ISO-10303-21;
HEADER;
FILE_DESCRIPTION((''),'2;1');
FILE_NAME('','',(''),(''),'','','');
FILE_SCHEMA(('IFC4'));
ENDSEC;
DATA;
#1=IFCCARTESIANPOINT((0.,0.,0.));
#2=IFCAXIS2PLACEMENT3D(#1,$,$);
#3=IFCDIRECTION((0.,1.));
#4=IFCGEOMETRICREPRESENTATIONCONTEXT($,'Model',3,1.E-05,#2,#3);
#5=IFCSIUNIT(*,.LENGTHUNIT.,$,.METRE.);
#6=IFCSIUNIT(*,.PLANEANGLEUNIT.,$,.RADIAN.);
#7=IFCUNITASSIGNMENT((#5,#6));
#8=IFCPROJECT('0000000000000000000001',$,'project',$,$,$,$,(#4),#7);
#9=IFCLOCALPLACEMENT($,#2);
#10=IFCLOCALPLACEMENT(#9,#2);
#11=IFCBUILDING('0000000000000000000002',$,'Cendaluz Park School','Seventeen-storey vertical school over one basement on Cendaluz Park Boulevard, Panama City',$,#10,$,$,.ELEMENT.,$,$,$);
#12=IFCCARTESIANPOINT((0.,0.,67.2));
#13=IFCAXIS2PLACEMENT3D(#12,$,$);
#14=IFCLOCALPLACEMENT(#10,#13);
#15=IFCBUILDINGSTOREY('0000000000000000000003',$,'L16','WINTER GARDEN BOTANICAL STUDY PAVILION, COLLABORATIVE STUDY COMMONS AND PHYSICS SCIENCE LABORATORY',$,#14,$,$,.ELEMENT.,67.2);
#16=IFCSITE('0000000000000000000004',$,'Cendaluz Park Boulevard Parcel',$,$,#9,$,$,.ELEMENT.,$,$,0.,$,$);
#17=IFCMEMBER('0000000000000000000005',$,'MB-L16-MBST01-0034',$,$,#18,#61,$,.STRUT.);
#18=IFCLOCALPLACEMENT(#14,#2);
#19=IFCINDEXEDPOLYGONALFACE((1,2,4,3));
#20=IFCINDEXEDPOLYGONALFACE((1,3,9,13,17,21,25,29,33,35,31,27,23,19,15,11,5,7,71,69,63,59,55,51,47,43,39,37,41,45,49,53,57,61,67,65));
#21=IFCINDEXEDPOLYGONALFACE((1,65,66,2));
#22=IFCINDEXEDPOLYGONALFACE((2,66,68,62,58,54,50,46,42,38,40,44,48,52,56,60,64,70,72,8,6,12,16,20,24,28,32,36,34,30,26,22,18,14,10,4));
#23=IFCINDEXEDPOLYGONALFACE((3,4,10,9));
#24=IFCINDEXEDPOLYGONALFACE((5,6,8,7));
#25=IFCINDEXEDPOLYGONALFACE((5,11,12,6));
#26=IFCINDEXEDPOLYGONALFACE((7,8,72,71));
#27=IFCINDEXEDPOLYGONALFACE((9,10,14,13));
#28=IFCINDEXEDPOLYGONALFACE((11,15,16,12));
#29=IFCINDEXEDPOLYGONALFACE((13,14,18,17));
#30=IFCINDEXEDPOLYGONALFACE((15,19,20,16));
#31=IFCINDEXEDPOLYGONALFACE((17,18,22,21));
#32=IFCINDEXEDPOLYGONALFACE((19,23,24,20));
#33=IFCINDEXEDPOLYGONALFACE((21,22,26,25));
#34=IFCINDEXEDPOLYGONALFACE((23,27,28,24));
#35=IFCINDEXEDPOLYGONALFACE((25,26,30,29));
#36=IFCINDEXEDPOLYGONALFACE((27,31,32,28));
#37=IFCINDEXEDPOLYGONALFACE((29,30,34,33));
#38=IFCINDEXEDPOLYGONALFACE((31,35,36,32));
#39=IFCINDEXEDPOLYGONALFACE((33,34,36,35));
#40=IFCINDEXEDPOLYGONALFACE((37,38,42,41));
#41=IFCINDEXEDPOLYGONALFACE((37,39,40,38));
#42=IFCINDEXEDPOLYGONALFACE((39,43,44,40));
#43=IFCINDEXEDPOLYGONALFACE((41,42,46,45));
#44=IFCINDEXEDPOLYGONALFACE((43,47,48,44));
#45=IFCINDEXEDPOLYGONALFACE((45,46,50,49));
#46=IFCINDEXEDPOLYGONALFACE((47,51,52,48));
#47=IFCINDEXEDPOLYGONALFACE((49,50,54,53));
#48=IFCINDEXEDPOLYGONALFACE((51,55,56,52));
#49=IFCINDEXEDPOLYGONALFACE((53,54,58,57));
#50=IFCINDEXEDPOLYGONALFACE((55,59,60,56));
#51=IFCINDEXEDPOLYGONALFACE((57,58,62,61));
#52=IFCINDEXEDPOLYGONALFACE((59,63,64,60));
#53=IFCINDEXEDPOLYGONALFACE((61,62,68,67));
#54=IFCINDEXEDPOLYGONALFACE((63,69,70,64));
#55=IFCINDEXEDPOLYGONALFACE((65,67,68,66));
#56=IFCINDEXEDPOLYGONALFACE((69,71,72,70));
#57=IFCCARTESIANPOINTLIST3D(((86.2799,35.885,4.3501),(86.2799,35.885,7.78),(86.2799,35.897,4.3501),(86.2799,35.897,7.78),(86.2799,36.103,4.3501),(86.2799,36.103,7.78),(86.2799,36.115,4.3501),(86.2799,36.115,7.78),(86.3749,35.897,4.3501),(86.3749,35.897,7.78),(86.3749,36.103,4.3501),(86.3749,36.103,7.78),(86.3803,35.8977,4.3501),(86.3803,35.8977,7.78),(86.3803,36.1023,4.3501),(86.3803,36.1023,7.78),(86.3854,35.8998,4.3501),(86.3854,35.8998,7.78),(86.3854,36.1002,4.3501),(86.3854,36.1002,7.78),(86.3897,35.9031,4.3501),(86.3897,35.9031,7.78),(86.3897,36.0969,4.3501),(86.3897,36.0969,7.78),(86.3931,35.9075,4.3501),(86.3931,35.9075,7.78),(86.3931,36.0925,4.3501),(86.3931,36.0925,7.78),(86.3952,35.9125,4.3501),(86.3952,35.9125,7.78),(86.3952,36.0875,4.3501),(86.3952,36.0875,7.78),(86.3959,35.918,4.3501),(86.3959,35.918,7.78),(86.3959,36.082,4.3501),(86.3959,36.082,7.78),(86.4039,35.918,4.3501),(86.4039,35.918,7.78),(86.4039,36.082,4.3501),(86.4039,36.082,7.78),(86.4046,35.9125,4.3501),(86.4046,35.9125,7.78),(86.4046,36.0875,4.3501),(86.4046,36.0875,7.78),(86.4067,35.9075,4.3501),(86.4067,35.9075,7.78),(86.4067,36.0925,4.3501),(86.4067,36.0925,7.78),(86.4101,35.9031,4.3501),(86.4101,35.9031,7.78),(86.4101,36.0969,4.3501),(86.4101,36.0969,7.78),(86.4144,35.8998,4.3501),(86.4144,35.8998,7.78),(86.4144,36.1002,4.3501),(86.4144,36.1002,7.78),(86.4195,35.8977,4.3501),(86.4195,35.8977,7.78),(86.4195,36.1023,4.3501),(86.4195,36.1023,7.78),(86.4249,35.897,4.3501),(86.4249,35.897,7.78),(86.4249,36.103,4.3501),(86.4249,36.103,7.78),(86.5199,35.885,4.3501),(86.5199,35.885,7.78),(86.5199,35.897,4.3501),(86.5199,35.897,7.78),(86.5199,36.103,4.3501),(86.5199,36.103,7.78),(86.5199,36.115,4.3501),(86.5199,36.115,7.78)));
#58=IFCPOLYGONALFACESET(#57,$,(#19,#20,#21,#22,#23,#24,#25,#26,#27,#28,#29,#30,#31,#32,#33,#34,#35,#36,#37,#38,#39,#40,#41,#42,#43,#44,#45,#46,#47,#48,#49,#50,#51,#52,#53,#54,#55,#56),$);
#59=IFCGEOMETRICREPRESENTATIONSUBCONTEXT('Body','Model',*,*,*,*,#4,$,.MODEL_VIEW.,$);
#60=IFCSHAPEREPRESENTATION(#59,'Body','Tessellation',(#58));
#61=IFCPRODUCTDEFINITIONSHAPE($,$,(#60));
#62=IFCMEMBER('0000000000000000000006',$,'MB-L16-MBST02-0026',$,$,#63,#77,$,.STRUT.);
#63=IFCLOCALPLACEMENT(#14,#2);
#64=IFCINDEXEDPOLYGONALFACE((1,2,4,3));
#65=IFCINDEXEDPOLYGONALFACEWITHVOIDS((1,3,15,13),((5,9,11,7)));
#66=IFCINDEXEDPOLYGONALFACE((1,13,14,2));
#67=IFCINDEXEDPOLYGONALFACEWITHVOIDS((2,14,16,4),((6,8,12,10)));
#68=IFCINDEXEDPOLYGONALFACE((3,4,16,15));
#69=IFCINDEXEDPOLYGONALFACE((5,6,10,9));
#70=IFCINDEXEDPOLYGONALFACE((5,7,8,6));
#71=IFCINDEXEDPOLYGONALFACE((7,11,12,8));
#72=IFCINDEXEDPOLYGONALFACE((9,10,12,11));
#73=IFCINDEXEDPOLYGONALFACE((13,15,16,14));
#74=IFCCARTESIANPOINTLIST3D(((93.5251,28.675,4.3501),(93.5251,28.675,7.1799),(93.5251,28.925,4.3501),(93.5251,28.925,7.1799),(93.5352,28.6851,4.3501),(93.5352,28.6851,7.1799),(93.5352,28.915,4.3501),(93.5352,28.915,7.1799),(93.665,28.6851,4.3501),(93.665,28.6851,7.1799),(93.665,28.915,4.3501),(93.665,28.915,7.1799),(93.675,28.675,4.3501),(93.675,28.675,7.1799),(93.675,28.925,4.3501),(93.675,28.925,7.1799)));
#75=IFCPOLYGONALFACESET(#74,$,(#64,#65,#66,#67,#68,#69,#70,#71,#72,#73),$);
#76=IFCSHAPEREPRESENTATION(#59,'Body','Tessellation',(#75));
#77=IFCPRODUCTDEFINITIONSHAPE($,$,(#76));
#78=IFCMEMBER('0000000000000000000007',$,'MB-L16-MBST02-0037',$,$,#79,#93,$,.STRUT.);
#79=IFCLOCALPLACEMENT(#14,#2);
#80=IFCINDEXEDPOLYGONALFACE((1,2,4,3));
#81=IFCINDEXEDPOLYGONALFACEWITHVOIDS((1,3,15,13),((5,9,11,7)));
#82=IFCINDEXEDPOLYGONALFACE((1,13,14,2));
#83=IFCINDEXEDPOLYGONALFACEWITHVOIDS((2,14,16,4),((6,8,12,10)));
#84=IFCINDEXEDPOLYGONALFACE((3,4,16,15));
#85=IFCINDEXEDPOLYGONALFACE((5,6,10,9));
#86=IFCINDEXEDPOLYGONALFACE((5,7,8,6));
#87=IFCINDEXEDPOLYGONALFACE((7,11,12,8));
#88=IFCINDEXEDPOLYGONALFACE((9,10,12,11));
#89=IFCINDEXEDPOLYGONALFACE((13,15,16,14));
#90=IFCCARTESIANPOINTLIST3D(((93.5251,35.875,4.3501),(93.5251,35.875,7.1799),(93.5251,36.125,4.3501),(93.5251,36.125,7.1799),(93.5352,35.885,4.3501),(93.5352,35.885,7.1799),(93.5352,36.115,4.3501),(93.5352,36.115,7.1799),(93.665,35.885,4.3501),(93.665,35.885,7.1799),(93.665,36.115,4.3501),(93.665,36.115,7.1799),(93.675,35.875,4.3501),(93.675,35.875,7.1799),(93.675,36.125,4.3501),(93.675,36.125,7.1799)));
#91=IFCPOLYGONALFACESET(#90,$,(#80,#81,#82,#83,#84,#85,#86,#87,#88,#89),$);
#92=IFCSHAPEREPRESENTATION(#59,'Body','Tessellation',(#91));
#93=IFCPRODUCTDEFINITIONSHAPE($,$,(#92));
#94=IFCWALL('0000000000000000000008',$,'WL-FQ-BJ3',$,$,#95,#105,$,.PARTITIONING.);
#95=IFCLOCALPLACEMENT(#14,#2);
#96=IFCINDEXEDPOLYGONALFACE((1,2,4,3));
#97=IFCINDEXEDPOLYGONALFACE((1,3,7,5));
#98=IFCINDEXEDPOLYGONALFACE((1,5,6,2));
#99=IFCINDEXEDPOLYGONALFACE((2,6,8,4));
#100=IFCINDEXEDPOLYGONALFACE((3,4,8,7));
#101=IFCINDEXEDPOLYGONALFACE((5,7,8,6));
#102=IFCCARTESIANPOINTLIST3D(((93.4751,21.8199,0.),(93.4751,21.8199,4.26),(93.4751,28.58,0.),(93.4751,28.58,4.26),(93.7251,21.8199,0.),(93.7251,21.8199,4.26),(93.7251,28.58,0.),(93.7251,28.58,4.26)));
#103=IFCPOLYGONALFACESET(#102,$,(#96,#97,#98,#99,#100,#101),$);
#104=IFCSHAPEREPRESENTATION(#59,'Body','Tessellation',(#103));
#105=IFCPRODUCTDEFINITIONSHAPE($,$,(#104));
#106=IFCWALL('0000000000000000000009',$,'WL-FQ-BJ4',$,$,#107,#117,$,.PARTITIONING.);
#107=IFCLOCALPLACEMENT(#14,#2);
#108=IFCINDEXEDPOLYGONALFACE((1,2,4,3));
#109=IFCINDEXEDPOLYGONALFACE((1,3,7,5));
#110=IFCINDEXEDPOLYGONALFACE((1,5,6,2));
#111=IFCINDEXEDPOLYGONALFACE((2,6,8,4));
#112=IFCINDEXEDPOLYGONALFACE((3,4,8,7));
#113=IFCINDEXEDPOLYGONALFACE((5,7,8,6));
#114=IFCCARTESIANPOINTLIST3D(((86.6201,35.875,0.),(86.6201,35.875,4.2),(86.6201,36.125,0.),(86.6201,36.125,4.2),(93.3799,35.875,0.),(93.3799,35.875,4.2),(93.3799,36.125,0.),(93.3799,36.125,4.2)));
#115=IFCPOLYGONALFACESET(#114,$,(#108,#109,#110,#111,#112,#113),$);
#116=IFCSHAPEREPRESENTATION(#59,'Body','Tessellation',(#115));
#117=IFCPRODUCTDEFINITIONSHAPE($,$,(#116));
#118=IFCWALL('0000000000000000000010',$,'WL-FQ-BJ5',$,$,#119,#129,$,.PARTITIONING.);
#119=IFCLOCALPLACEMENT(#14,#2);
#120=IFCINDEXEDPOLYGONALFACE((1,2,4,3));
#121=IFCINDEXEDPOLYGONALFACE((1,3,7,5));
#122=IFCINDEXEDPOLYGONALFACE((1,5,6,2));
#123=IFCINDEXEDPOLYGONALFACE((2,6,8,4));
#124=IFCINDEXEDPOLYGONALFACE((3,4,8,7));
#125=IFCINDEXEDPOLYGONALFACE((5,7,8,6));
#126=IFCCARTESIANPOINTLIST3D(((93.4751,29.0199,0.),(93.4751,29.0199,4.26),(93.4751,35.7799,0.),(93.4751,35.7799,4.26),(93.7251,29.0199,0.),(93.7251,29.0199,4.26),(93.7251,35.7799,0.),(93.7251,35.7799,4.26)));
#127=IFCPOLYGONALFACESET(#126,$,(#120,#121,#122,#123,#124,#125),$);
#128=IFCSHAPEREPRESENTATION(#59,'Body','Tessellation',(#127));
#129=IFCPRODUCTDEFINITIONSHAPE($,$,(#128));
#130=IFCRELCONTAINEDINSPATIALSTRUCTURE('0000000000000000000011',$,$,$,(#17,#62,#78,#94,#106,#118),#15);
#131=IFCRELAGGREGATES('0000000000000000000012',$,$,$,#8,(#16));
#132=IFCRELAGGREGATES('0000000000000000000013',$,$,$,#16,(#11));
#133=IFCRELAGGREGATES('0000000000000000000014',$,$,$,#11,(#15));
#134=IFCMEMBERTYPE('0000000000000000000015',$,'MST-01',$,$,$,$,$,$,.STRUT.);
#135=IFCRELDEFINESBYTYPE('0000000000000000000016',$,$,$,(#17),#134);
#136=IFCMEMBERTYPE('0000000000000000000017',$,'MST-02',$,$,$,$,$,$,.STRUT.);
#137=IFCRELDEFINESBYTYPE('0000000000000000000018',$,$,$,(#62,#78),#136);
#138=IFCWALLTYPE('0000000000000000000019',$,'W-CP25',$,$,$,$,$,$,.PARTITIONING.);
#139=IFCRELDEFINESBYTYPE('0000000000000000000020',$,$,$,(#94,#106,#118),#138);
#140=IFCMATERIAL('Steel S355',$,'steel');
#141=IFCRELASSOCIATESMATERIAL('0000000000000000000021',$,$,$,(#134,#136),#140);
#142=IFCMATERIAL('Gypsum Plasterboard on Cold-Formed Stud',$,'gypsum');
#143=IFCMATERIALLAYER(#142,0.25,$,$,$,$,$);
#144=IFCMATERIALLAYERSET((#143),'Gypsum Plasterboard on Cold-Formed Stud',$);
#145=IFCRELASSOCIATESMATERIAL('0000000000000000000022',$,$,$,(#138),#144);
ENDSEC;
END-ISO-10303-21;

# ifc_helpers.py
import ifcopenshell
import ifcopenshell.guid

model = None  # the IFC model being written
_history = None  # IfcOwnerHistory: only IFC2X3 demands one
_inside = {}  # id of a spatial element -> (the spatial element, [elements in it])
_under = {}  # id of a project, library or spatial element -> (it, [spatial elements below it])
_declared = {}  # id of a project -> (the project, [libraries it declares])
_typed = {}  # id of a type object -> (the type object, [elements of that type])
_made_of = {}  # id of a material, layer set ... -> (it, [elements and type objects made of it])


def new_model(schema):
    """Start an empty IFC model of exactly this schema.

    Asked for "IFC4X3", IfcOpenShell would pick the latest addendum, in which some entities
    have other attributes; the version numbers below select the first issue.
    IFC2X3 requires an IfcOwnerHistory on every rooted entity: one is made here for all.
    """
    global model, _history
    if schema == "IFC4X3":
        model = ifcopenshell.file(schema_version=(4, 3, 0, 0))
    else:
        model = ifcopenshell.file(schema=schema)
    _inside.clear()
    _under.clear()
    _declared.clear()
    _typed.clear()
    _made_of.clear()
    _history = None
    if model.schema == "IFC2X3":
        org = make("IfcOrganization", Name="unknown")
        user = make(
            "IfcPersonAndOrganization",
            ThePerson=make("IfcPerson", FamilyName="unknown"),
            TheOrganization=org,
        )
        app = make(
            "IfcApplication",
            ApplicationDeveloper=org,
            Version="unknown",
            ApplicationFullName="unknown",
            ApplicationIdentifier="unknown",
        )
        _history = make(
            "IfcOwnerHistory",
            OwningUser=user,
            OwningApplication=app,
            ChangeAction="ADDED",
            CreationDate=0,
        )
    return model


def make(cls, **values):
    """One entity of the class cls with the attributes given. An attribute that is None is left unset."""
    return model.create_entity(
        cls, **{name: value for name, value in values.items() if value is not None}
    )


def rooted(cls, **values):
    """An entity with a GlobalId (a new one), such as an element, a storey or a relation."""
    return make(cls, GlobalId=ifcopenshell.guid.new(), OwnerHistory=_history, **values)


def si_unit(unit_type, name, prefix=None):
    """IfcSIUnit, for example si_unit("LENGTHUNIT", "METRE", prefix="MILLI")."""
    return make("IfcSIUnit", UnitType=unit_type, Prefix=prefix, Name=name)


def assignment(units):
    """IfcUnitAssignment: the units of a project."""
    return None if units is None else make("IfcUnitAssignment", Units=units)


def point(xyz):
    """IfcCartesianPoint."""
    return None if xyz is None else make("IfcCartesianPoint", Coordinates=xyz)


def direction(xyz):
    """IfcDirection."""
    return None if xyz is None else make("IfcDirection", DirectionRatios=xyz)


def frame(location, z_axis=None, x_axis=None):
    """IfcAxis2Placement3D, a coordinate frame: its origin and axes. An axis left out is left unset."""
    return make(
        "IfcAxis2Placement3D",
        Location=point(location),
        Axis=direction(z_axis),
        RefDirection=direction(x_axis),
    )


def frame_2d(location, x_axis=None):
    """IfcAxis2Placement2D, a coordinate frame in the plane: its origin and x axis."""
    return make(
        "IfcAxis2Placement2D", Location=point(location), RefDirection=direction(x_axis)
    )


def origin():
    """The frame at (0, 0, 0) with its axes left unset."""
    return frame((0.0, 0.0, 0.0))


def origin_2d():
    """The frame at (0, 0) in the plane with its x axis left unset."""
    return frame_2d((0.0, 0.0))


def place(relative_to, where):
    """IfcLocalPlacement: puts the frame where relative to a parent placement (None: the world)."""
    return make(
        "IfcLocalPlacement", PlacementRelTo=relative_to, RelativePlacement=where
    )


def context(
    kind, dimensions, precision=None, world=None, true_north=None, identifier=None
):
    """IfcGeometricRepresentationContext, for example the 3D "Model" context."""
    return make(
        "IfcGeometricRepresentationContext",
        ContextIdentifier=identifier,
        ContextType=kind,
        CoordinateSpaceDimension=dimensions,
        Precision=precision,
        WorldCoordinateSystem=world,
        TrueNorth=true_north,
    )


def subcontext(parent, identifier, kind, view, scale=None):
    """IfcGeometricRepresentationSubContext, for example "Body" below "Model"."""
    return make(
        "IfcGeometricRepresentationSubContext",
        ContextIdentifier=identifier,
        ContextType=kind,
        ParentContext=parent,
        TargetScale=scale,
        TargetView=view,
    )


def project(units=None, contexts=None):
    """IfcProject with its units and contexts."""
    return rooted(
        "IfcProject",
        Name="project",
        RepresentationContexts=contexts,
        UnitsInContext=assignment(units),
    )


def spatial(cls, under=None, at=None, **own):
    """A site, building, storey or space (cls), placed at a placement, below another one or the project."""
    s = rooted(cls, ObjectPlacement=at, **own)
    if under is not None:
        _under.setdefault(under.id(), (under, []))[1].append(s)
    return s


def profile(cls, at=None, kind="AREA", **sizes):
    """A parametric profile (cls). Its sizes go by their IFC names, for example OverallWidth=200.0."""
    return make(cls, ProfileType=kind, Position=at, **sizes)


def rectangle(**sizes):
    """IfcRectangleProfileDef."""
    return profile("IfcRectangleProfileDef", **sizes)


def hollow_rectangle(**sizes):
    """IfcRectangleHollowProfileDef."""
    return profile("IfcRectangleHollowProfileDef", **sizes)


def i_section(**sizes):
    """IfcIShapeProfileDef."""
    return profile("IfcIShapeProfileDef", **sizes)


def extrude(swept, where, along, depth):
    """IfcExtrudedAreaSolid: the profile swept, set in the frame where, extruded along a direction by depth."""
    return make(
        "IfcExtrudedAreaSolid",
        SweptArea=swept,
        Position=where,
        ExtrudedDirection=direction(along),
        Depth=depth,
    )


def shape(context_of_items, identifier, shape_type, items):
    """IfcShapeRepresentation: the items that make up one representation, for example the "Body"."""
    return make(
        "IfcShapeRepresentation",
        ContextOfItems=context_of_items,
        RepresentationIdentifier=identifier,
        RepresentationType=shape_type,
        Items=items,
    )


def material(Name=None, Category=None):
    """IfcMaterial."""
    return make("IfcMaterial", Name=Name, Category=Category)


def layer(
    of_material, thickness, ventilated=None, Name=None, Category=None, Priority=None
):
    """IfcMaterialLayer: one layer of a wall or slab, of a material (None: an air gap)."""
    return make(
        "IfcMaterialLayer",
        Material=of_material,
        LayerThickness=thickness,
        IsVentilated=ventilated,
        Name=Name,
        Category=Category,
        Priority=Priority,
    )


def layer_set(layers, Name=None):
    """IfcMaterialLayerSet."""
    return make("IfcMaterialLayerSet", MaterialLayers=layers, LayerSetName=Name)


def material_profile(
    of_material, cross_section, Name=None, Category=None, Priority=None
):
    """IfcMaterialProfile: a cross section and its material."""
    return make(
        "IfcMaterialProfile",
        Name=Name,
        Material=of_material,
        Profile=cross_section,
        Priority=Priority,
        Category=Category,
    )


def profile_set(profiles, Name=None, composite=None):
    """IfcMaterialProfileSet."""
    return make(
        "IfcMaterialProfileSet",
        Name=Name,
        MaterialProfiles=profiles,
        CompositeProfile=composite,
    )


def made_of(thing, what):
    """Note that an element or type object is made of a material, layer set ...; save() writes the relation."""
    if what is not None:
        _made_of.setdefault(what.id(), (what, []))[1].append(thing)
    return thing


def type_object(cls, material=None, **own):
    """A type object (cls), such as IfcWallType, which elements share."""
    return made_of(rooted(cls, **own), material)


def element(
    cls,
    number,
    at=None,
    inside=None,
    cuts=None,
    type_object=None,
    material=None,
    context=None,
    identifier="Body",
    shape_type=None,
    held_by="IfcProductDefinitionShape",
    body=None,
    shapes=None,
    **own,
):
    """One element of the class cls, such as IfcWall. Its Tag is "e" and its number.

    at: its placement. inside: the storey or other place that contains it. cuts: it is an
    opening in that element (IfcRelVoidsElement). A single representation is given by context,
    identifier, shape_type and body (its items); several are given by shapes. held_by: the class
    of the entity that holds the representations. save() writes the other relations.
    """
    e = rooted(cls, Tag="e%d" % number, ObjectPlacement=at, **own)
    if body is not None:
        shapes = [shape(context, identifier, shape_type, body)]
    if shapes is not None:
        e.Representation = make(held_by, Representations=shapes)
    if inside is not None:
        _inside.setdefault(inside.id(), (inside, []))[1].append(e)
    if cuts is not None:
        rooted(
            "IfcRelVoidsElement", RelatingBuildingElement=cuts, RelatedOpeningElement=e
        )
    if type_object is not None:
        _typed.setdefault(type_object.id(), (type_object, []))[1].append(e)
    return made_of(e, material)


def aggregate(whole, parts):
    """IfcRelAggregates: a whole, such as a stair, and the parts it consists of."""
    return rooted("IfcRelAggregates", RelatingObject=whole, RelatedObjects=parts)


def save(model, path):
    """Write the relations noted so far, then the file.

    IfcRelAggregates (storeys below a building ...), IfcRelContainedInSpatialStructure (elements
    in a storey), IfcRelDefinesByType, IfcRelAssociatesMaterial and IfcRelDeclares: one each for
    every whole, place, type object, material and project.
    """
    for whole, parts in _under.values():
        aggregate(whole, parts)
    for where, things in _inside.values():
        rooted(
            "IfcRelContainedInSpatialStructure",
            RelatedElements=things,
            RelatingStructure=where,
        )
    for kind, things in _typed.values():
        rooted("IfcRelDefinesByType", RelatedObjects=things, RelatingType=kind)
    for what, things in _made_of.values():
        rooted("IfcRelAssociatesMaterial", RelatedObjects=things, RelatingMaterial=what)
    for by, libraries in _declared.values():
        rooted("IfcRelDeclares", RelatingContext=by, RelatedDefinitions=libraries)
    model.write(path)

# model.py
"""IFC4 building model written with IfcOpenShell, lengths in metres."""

from ifc_helpers import new_model, si_unit, direction, frame, frame_2d, origin, origin_2d, place, context, subcontext, project, spatial, rectangle, hollow_rectangle, i_section, extrude, material, layer, layer_set, material_profile, profile_set, type_object, element, save


model = new_model("IFC4")

# Units and contexts
model_context = context("Model", 3, precision=1e-05, world=origin(), true_north=direction((0.0, 1.0)))
body_context = subcontext(model_context, "Body", "Model", "MODEL_VIEW")
ifc_project = project(units=[si_unit("LENGTHUNIT", "METRE"), si_unit("PLANEANGLEUNIT", "RADIAN")], contexts=[model_context])

# Site, building, storey
site_placement = place(None, origin())
site = spatial("IfcSite", under=ifc_project, at=site_placement, Name="Cendaluz Park Boulevard Parcel", CompositionType="ELEMENT", RefElevation=0.0)
building_placement = place(site_placement, origin())
building = spatial("IfcBuilding", under=site, at=building_placement, Name="Cendaluz Park School", Description="Seventeen-storey vertical school over one basement on Cendaluz Park Boulevard, Panama City", CompositionType="ELEMENT")
storey_placement = place(building_placement, frame((0.0, 0.0, 67.2)))
storey = spatial("IfcBuildingStorey", under=building, at=storey_placement, Name="L16", Description="WINTER GARDEN BOTANICAL STUDY PAVILION, COLLABORATIVE STUDY COMMONS AND PHYSICS SCIENCE LABORATORY", CompositionType="ELEMENT", Elevation=67.2)

# Shared definitions
ifc_material_1 = material(Name="Steel S355", Category="steel")

# Members
ifc_material_profile_1 = material_profile(ifc_material_1, i_section(OverallWidth=0.24, OverallDepth=0.23, WebThickness=0.0081, FlangeThickness=0.012, FilletRadius=0.021, at=origin_2d()), Name="HEA 240", Category="steel")
ifc_profile_set_1 = profile_set([ifc_material_profile_1], Name="Steel S355")
member_type_1 = type_object("IfcMemberType", Name="MST-01", PredefinedType="STRUT", material=ifc_profile_set_1)
for number, where, z_axis, x_axis, name in (
    (1, (86.3999, 36.0, 4.3501), (0.0, 0.0, 1.0), (1.0, 0.0, 0.0), "MB-L16-MBST01-0034"),
):
    element("IfcMember", number, at=place(storey_placement, frame(where, z_axis=z_axis, x_axis=x_axis)), inside=storey, type_object=member_type_1, Name=name, PredefinedType="STRUT", context=body_context, shape_type="SweptSolid", body=[
        extrude(i_section(OverallWidth=0.24, OverallDepth=0.23, WebThickness=0.0081, FlangeThickness=0.012, FilletRadius=0.021, at=origin_2d()), origin(), (0.0, 0.0, 1.0), 3.4299),
    ])
ifc_material_profile_2 = material_profile(ifc_material_1, hollow_rectangle(XDim=0.1499, YDim=0.25, WallThickness=0.01, at=origin_2d()), Name="RHS 250x150x10", Category="steel")
ifc_profile_set_2 = profile_set([ifc_material_profile_2], Name="Steel S355")
member_type_2 = type_object("IfcMemberType", Name="MST-02", PredefinedType="STRUT", material=ifc_profile_set_2)
for number, where, z_axis, x_axis, name in (
    (2, (93.6001, 28.8, 4.3501), (0.0, 0.0, 1.0), (1.0, 0.0, 0.0), "MB-L16-MBST02-0026"),
    (3, (93.6001, 36.0, 4.3501), (0.0, 0.0, 1.0), (1.0, 0.0, 0.0), "MB-L16-MBST02-0037"),
):
    element("IfcMember", number, at=place(storey_placement, frame(where, z_axis=z_axis, x_axis=x_axis)), inside=storey, type_object=member_type_2, Name=name, PredefinedType="STRUT", context=body_context, shape_type="SweptSolid", body=[
        extrude(hollow_rectangle(XDim=0.1499, YDim=0.25, WallThickness=0.01, at=origin_2d()), origin(), (0.0, 0.0, 1.0), 2.8298),
    ])

# Walls
ifc_material_2 = material(Name="Gypsum Plasterboard on Cold-Formed Stud", Category="gypsum")
ifc_layer = layer(ifc_material_2, 0.25)
ifc_layer_set = layer_set([ifc_layer], Name="Gypsum Plasterboard on Cold-Formed Stud")
wall_type = type_object("IfcWallType", Name="W-CP25", PredefinedType="PARTITIONING", material=ifc_layer_set)
wall_1_placement = place(storey_placement, frame((93.6001, 21.8201, 0.0), z_axis=(0.0, 0.0, 1.0), x_axis=(0.0, 1.0, 0.0)))
element("IfcWall", 4, at=wall_1_placement, inside=storey, type_object=wall_type, Name="WL-FQ-BJ3", PredefinedType="PARTITIONING", context=body_context, shape_type="SweptSolid", body=[
    extrude(rectangle(XDim=6.76, YDim=0.25, at=frame_2d((3.3799, 0.0))), origin(), (0.0, 0.0, 1.0), 4.26),
])
wall_2_placement = place(storey_placement, frame((86.6201, 36.0, 0.0), z_axis=(0.0, 0.0, 1.0), x_axis=(1.0, 0.0, 0.0)))
element("IfcWall", 5, at=wall_2_placement, inside=storey, type_object=wall_type, Name="WL-FQ-BJ4", PredefinedType="PARTITIONING", context=body_context, shape_type="SweptSolid", body=[
    extrude(rectangle(XDim=6.7598, YDim=0.25, at=frame_2d((3.3799, 0.0))), origin(), (0.0, 0.0, 1.0), 4.2),
])
wall_3_placement = place(storey_placement, frame((93.6001, 29.02, 0.0), z_axis=(0.0, 0.0, 1.0), x_axis=(0.0, 1.0, 0.0)))
element("IfcWall", 6, at=wall_3_placement, inside=storey, type_object=wall_type, Name="WL-FQ-BJ5", PredefinedType="PARTITIONING", context=body_context, shape_type="SweptSolid", body=[
    extrude(rectangle(XDim=6.76, YDim=0.25, at=frame_2d((3.3799, 0.0))), origin(), (0.0, 0.0, 1.0), 4.26),
])

save(model, "model.ifc")
